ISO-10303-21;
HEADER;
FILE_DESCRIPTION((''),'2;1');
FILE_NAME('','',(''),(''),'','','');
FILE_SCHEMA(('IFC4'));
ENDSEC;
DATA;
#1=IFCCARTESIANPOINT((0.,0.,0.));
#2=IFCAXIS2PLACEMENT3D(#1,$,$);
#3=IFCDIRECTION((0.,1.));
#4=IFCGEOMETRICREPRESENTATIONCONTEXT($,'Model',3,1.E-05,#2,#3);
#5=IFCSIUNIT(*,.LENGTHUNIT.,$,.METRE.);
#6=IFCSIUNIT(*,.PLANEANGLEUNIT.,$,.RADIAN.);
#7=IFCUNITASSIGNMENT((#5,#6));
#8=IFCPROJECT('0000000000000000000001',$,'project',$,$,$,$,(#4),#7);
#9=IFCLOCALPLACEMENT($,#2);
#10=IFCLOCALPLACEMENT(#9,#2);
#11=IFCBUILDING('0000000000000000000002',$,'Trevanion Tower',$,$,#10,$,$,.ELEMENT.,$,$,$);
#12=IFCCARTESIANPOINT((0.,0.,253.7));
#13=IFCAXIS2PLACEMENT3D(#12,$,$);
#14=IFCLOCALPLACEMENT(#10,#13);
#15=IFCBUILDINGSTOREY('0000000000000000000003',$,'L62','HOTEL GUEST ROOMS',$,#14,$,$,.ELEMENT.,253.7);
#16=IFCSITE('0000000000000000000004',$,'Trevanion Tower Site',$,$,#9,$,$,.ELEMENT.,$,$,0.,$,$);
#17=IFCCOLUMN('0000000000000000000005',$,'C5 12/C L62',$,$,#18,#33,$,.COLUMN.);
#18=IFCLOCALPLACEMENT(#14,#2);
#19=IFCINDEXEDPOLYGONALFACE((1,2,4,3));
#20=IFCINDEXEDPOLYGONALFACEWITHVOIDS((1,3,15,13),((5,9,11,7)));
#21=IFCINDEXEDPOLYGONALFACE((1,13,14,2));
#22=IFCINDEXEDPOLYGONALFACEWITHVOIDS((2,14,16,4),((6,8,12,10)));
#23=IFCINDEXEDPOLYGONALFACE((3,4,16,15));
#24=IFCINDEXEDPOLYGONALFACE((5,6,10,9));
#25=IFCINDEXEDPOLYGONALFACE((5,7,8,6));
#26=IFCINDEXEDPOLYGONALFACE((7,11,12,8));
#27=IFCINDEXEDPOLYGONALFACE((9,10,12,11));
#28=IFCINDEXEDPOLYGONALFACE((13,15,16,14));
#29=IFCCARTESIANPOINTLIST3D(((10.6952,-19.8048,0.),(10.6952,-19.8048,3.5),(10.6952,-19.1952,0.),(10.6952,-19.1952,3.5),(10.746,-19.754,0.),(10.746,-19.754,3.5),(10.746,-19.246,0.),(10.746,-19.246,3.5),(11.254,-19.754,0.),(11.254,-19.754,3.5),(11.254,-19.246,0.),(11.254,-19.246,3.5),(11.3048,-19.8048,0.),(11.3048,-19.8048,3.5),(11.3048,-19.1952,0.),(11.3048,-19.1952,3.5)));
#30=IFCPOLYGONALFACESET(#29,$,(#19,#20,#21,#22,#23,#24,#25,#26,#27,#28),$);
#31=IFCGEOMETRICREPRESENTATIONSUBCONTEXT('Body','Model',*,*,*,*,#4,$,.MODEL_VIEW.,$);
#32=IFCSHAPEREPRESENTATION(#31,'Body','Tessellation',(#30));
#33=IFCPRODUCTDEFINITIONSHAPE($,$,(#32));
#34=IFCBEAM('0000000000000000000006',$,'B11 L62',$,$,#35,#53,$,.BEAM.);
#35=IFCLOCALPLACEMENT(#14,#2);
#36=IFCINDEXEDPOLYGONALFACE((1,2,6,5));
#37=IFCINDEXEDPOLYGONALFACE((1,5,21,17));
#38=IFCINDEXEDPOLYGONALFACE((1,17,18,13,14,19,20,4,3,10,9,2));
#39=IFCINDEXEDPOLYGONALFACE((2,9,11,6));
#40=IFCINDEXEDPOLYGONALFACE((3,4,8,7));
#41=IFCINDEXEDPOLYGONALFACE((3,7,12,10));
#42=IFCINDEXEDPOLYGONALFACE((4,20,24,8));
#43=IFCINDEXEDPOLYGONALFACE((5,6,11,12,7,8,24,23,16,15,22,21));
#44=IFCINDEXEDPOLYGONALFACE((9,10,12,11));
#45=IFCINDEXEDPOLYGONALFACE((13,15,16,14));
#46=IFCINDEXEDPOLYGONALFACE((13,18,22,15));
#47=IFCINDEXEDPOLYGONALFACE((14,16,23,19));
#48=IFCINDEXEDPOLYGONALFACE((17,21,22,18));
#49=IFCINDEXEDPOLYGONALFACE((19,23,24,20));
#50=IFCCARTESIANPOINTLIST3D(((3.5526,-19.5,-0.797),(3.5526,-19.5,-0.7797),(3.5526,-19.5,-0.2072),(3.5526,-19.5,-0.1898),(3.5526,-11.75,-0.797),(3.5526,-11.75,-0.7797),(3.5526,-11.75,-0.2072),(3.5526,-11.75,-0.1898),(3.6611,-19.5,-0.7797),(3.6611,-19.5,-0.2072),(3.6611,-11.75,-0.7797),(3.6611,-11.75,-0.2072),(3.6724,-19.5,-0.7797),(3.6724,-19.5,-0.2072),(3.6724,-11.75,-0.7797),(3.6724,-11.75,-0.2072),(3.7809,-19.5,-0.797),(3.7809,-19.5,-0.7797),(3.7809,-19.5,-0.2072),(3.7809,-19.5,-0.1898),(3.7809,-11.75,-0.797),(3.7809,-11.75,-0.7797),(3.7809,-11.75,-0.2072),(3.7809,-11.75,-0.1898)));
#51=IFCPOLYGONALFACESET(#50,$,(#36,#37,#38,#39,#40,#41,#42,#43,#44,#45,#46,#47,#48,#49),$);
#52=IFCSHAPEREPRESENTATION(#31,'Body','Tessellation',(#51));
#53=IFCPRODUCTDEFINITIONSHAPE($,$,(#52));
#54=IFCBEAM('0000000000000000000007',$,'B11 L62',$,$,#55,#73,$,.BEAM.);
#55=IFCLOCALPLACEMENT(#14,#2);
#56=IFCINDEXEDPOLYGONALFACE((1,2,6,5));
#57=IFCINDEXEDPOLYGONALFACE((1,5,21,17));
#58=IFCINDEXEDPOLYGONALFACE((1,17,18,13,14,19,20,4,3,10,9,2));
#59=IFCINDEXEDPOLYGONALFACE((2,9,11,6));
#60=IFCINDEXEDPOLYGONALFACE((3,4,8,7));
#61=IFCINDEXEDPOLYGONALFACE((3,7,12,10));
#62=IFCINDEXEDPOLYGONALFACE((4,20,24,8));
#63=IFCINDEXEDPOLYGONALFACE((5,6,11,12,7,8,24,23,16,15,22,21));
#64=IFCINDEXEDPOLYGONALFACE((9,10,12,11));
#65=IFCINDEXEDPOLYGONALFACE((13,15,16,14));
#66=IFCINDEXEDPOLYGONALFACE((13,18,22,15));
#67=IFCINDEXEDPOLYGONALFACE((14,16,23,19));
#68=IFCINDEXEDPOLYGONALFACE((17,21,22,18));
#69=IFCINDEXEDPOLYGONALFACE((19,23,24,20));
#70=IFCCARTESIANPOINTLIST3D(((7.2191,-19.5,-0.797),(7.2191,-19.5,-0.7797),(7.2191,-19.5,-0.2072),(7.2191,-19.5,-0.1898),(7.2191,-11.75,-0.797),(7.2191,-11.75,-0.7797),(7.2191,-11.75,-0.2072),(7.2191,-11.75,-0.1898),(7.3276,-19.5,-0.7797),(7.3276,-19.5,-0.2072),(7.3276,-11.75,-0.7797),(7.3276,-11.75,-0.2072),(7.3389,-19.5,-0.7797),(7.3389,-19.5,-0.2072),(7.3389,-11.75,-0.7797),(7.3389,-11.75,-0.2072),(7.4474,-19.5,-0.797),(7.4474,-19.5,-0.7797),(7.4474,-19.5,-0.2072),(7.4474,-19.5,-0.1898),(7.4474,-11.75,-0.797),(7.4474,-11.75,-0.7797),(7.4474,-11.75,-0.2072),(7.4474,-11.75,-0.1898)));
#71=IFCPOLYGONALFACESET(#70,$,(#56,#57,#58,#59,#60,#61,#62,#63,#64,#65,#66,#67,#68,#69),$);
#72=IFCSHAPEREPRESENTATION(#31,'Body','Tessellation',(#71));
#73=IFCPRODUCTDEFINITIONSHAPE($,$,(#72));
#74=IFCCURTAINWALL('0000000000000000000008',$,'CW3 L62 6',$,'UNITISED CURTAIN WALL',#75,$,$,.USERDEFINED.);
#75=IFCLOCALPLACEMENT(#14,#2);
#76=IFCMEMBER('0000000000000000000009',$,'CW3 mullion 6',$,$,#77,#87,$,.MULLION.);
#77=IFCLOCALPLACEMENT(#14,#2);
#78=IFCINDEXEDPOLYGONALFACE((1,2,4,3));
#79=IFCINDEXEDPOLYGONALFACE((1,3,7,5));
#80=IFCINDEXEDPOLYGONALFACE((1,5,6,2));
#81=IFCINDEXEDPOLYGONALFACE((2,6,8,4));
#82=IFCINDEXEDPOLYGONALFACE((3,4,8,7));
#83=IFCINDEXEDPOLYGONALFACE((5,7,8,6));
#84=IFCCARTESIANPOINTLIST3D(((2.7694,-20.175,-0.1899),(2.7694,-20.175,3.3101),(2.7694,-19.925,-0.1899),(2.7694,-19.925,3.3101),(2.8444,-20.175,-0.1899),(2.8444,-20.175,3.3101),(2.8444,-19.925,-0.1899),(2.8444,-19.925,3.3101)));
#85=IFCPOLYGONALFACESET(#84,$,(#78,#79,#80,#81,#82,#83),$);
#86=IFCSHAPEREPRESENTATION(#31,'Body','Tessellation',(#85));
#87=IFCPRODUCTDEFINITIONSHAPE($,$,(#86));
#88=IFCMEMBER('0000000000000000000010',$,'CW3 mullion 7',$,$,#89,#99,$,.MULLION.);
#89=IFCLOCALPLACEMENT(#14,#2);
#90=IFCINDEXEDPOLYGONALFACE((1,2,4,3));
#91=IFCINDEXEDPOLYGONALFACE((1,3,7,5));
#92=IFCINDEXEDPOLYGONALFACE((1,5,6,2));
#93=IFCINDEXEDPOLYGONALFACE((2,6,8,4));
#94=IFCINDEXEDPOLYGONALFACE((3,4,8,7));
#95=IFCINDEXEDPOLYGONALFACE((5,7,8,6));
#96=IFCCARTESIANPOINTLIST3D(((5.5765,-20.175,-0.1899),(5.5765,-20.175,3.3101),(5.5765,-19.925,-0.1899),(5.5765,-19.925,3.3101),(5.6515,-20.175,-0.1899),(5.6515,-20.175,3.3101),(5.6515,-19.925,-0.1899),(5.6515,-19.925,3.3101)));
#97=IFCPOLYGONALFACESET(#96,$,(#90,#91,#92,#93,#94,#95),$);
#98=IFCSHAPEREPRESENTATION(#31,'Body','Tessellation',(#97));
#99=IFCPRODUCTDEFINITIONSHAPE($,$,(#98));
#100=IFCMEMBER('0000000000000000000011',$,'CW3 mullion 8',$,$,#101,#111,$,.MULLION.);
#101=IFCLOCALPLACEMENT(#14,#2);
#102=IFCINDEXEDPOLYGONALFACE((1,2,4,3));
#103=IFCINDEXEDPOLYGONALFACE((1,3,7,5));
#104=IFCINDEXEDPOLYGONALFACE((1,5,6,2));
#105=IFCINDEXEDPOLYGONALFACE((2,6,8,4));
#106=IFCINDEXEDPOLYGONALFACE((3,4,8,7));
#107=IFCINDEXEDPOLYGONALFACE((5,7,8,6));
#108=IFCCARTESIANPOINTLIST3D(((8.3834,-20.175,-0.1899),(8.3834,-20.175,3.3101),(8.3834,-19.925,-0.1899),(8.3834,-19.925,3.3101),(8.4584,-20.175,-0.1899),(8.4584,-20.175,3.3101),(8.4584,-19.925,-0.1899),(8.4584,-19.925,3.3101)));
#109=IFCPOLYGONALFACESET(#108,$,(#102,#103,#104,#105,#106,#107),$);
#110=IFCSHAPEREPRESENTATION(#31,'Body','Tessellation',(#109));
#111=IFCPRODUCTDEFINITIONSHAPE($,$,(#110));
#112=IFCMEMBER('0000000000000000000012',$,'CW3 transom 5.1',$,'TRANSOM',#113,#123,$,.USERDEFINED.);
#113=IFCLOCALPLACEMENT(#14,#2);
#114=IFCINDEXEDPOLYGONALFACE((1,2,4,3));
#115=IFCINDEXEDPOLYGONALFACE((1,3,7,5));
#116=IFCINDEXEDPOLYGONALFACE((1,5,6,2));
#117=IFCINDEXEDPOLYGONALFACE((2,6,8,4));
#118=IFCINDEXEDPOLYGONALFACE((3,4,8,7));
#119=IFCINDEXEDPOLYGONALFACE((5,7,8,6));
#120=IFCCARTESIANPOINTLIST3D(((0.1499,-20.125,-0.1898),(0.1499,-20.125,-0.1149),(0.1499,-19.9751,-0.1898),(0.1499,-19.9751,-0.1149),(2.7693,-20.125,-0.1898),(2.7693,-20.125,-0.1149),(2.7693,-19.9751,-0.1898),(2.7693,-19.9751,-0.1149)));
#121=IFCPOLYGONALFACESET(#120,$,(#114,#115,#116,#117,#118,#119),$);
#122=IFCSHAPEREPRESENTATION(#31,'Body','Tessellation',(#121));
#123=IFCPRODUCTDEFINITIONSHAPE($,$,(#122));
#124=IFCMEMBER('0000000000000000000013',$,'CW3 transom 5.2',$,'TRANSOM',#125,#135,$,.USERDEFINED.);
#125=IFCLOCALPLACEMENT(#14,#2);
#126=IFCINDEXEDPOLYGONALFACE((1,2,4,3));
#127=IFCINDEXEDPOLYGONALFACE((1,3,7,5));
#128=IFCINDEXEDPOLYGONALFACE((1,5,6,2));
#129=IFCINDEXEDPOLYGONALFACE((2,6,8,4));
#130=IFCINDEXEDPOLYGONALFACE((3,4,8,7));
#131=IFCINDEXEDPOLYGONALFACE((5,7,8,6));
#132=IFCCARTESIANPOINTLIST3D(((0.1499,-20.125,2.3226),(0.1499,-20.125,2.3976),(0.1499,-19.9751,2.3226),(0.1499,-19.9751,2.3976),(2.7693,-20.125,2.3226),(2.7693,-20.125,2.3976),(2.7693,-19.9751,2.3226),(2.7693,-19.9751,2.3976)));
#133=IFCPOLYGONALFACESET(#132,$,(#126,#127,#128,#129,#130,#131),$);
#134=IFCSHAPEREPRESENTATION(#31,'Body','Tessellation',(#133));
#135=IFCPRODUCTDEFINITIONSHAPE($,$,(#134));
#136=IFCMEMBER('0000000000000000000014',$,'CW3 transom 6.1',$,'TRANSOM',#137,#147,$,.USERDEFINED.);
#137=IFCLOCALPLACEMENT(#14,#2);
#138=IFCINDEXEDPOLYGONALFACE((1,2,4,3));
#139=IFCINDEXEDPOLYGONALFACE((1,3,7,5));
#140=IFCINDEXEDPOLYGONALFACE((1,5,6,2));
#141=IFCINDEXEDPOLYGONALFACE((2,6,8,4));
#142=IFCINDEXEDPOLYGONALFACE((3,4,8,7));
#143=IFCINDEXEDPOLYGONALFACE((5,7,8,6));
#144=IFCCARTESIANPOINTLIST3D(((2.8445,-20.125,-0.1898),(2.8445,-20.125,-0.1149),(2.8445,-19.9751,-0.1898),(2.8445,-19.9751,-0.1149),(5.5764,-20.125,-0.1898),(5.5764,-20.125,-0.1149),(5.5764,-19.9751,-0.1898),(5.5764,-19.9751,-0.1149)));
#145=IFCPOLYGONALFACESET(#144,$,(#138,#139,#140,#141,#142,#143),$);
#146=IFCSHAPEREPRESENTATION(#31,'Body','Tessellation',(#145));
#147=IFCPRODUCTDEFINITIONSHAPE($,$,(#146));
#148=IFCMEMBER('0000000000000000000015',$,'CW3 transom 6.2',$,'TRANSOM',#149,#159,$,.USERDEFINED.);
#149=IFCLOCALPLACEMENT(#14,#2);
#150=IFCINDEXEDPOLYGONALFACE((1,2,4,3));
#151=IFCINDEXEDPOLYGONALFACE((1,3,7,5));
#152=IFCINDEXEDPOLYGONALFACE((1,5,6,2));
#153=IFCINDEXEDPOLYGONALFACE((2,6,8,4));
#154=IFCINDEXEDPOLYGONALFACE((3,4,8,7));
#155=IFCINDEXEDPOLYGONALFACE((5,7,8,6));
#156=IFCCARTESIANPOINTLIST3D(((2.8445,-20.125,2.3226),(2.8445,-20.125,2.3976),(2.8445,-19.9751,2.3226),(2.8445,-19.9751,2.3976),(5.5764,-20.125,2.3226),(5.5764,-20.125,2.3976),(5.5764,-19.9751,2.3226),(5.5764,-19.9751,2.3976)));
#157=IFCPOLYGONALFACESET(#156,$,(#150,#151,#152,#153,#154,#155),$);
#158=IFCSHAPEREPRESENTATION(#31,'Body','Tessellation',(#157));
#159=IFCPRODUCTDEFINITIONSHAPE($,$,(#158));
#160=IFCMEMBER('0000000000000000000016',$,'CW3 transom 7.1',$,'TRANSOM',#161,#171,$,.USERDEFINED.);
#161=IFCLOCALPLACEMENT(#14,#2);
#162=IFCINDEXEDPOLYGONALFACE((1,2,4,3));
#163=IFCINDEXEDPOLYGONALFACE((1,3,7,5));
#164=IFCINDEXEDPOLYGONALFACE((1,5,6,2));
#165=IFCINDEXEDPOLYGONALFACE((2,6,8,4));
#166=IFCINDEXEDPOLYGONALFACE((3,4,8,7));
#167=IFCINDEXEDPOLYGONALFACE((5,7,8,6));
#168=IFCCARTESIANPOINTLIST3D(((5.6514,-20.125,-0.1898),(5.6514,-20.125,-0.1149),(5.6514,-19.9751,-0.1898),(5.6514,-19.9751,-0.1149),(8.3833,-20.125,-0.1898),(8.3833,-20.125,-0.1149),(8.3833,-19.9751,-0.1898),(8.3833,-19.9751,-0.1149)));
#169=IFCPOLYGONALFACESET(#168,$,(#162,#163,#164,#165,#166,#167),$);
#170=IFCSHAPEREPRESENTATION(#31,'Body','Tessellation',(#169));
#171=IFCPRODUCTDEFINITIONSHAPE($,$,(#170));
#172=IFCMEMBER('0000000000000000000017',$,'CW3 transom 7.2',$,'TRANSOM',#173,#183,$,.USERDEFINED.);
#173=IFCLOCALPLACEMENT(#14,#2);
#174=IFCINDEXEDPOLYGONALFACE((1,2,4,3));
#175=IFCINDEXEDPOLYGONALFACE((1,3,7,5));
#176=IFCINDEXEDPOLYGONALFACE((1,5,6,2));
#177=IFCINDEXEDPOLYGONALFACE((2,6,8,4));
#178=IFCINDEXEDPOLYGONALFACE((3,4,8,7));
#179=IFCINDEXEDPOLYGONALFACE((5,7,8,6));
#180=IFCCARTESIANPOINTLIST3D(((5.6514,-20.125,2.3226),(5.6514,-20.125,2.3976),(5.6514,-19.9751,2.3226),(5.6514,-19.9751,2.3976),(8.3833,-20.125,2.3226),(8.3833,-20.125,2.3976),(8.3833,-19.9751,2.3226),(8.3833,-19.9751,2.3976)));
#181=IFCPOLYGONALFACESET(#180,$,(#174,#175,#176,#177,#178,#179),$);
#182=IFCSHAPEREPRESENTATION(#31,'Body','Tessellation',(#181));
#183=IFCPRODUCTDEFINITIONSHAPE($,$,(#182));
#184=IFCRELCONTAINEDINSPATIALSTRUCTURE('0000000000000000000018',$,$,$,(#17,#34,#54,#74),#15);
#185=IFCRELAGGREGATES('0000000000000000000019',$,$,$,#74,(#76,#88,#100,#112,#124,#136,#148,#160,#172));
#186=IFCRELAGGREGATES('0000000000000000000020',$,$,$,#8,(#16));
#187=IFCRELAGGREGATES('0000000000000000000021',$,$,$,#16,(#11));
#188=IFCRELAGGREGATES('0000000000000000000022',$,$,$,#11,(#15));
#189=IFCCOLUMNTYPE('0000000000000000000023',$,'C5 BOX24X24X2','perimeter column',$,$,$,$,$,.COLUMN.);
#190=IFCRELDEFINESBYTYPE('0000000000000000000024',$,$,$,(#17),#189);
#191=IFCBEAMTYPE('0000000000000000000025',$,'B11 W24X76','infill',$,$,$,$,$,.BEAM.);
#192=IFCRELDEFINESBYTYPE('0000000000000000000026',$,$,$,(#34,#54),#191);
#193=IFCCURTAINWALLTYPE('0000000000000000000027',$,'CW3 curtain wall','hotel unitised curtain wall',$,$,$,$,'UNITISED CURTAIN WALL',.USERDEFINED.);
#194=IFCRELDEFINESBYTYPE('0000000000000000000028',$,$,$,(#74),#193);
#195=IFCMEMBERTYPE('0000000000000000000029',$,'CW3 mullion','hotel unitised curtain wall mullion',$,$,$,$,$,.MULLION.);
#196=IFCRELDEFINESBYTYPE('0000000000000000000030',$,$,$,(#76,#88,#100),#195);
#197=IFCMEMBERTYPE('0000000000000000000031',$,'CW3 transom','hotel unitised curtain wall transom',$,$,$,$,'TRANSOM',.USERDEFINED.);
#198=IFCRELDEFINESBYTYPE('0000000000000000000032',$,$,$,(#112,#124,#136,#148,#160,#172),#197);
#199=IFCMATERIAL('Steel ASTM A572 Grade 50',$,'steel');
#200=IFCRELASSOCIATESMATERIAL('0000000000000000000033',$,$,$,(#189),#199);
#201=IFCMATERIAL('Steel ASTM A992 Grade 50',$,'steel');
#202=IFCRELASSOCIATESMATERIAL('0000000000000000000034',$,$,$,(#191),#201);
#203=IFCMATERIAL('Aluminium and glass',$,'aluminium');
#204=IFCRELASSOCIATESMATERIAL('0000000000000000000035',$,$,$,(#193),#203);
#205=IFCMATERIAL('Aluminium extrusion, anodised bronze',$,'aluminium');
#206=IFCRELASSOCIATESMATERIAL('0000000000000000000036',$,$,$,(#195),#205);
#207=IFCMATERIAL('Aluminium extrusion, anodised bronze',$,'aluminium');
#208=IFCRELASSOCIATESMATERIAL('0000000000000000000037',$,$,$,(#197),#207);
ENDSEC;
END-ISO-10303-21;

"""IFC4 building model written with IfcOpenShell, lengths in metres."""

from ifc_helpers import new_model, si_unit, direction, frame, origin, origin_2d, place, context, subcontext, project, spatial, rectangle, hollow_rectangle, i_section, extrude, material, material_profile, profile_set, type_object, element, aggregate, save


model = new_model("IFC4")

# Units and contexts
model_context = context("Model", 3, precision=1e-05, world=origin(), true_north=direction((0.0, 1.0)))
body_context = subcontext(model_context, "Body", "Model", "MODEL_VIEW")
ifc_project = project(units=[si_unit("LENGTHUNIT", "METRE"), si_unit("PLANEANGLEUNIT", "RADIAN")], contexts=[model_context])

# Site, building, storey
site_placement = place(None, origin())
site = spatial("IfcSite", under=ifc_project, at=site_placement, Name="Trevanion Tower Site", CompositionType="ELEMENT", RefElevation=0.0)
building_placement = place(site_placement, origin())
building = spatial("IfcBuilding", under=site, at=building_placement, Name="Trevanion Tower", CompositionType="ELEMENT")
storey_placement = place(building_placement, frame((0.0, 0.0, 253.7)))
storey = spatial("IfcBuildingStorey", under=building, at=storey_placement, Name="L62", Description="HOTEL GUEST ROOMS", CompositionType="ELEMENT", Elevation=253.7)

# Column
ifc_material_1 = material(Name="Steel ASTM A572 Grade 50", Category="steel")
ifc_material_profile_1 = material_profile(ifc_material_1, hollow_rectangle(XDim=0.6096, YDim=0.6096, WallThickness=0.0508, at=origin_2d()), Name="BOX24X24X2")
ifc_profile_set_1 = profile_set([ifc_material_profile_1], Name="Steel ASTM A572 Grade 50")
column_type = type_object("IfcColumnType", Name="C5 BOX24X24X2", Description="perimeter column", PredefinedType="COLUMN", material=ifc_profile_set_1)
column_placement = place(storey_placement, frame((11.0, -19.5, 0.0), z_axis=(0.0, 0.0, 1.0), x_axis=(1.0, 0.0, 0.0)))
element("IfcColumn", 1, at=column_placement, inside=storey, type_object=column_type, Name="C5 12/C L62", PredefinedType="COLUMN", context=body_context, shape_type="SweptSolid", body=[
    extrude(hollow_rectangle(XDim=0.6096, YDim=0.6096, WallThickness=0.0508, at=origin_2d()), origin(), (0.0, 0.0, 1.0), 3.5),
])

# Beams
ifc_material_2 = material(Name="Steel ASTM A992 Grade 50", Category="steel")
ifc_material_profile_2 = material_profile(ifc_material_2, i_section(OverallWidth=0.2283, OverallDepth=0.6072, WebThickness=0.0112, FlangeThickness=0.0173, at=origin_2d()), Name="W24X76")
ifc_profile_set_2 = profile_set([ifc_material_profile_2], Name="Steel ASTM A992 Grade 50")
beam_type_1 = type_object("IfcBeamType", Name="B11 W24X76", Description="infill", PredefinedType="BEAM", material=ifc_profile_set_2)
for number, where, z_axis, x_axis, name in (
    (2, (3.6667, -11.75, -0.4934), (0.0, -1.0, 0.0), (1.0, 0.0, 0.0), "B11 L62"),
    (3, (7.3333, -11.75, -0.4934), (0.0, -1.0, 0.0), (1.0, 0.0, 0.0), "B11 L62"),
):
    element("IfcBeam", number, at=place(storey_placement, frame(where, z_axis=z_axis, x_axis=x_axis)), inside=storey, type_object=beam_type_1, Name=name, PredefinedType="BEAM", context=body_context, shape_type="SweptSolid", body=[
        extrude(i_section(OverallWidth=0.2283, OverallDepth=0.6072, WebThickness=0.0112, FlangeThickness=0.0173, at=origin_2d()), origin(), (0.0, 0.0, 1.0), 7.75),
    ])

# Curtain wall, members
ifc_material_3 = material(Name="Aluminium and glass", Category="aluminium")
curtain_wall_type = type_object("IfcCurtainWallType", Name="CW3 curtain wall", Description="hotel unitised curtain wall", ElementType="UNITISED CURTAIN WALL", PredefinedType="USERDEFINED", material=ifc_material_3)
curtain_wall_placement = place(storey_placement, origin())
curtain_wall = element("IfcCurtainWall", 4, at=curtain_wall_placement, inside=storey, type_object=curtain_wall_type, Name="CW3 L62 6", ObjectType="UNITISED CURTAIN WALL", PredefinedType="USERDEFINED")
ifc_material_4 = material(Name="Aluminium extrusion, anodised bronze", Category="aluminium")
ifc_material_profile_3 = material_profile(ifc_material_4, rectangle(XDim=0.075, YDim=0.25, at=origin_2d()), Name="CW3 mullion")
ifc_profile_set_3 = profile_set([ifc_material_profile_3], Name="Aluminium extrusion, anodised bronze")
member_type_1 = type_object("IfcMemberType", Name="CW3 mullion", Description="hotel unitised curtain wall mullion", PredefinedType="MULLION", material=ifc_profile_set_3)
member_1_placement = place(storey_placement, frame((2.8069, -20.05, -0.1899), z_axis=(0.0, 0.0, 1.0), x_axis=(1.0, 0.0, 0.0)))
member_1 = element("IfcMember", 5, at=member_1_placement, type_object=member_type_1, Name="CW3 mullion 6", PredefinedType="MULLION", context=body_context, shape_type="SweptSolid", body=[
    extrude(rectangle(XDim=0.075, YDim=0.25, at=origin_2d()), origin(), (0.0, 0.0, 1.0), 3.5),
])
member_2_placement = place(storey_placement, frame((5.614, -20.05, -0.1899), z_axis=(0.0, 0.0, 1.0), x_axis=(1.0, 0.0, 0.0)))
member_2 = element("IfcMember", 6, at=member_2_placement, type_object=member_type_1, Name="CW3 mullion 7", PredefinedType="MULLION", context=body_context, shape_type="SweptSolid", body=[
    extrude(rectangle(XDim=0.075, YDim=0.25, at=origin_2d()), origin(), (0.0, 0.0, 1.0), 3.5),
])
member_3_placement = place(storey_placement, frame((8.4209, -20.05, -0.1899), z_axis=(0.0, 0.0, 1.0), x_axis=(1.0, 0.0, 0.0)))
member_3 = element("IfcMember", 7, at=member_3_placement, type_object=member_type_1, Name="CW3 mullion 8", PredefinedType="MULLION", context=body_context, shape_type="SweptSolid", body=[
    extrude(rectangle(XDim=0.075, YDim=0.25, at=origin_2d()), origin(), (0.0, 0.0, 1.0), 3.5),
])
ifc_material_5 = material(Name="Aluminium extrusion, anodised bronze", Category="aluminium")
ifc_material_profile_4 = material_profile(ifc_material_5, rectangle(XDim=0.1499, YDim=0.075, at=origin_2d()), Name="CW3 transom")
ifc_profile_set_4 = profile_set([ifc_material_profile_4], Name="Aluminium extrusion, anodised bronze")
member_type_2 = type_object("IfcMemberType", Name="CW3 transom", Description="hotel unitised curtain wall transom", ElementType="TRANSOM", PredefinedType="USERDEFINED", material=ifc_profile_set_4)
member_4_placement = place(storey_placement, frame((0.1499, -20.05, -0.1523), z_axis=(1.0, 0.0, 0.0), x_axis=(0.0, 1.0, 0.0)))
member_4 = element("IfcMember", 8, at=member_4_placement, type_object=member_type_2, Name="CW3 transom 5.1", ObjectType="TRANSOM", PredefinedType="USERDEFINED", context=body_context, shape_type="SweptSolid", body=[
    extrude(rectangle(XDim=0.1499, YDim=0.075, at=origin_2d()), origin(), (0.0, 0.0, 1.0), 2.6194),
])
member_5_placement = place(storey_placement, frame((0.1499, -20.05, 2.3601), z_axis=(1.0, 0.0, 0.0), x_axis=(0.0, 1.0, 0.0)))
member_5 = element("IfcMember", 9, at=member_5_placement, type_object=member_type_2, Name="CW3 transom 5.2", ObjectType="TRANSOM", PredefinedType="USERDEFINED", context=body_context, shape_type="SweptSolid", body=[
    extrude(rectangle(XDim=0.1499, YDim=0.075, at=origin_2d()), origin(), (0.0, 0.0, 1.0), 2.6194),
])
member_6_placement = place(storey_placement, frame((2.8445, -20.05, -0.1523), z_axis=(1.0, 0.0, 0.0), x_axis=(0.0, 1.0, 0.0)))
member_6 = element("IfcMember", 10, at=member_6_placement, type_object=member_type_2, Name="CW3 transom 6.1", ObjectType="TRANSOM", PredefinedType="USERDEFINED", context=body_context, shape_type="SweptSolid", body=[
    extrude(rectangle(XDim=0.1499, YDim=0.075, at=origin_2d()), origin(), (0.0, 0.0, 1.0), 2.7319),
])
member_7_placement = place(storey_placement, frame((2.8445, -20.05, 2.3601), z_axis=(1.0, 0.0, 0.0), x_axis=(0.0, 1.0, 0.0)))
member_7 = element("IfcMember", 11, at=member_7_placement, type_object=member_type_2, Name="CW3 transom 6.2", ObjectType="TRANSOM", PredefinedType="USERDEFINED", context=body_context, shape_type="SweptSolid", body=[
    extrude(rectangle(XDim=0.1499, YDim=0.075, at=origin_2d()), origin(), (0.0, 0.0, 1.0), 2.7319),
])
member_8_placement = place(storey_placement, frame((5.6514, -20.05, -0.1523), z_axis=(1.0, 0.0, 0.0), x_axis=(0.0, 1.0, 0.0)))
member_8 = element("IfcMember", 12, at=member_8_placement, type_object=member_type_2, Name="CW3 transom 7.1", ObjectType="TRANSOM", PredefinedType="USERDEFINED", context=body_context, shape_type="SweptSolid", body=[
    extrude(rectangle(XDim=0.1499, YDim=0.075, at=origin_2d()), origin(), (0.0, 0.0, 1.0), 2.7319),
])
member_9_placement = place(storey_placement, frame((5.6514, -20.05, 2.3601), z_axis=(1.0, 0.0, 0.0), x_axis=(0.0, 1.0, 0.0)))
member_9 = element("IfcMember", 13, at=member_9_placement, type_object=member_type_2, Name="CW3 transom 7.2", ObjectType="TRANSOM", PredefinedType="USERDEFINED", context=body_context, shape_type="SweptSolid", body=[
    extrude(rectangle(XDim=0.1499, YDim=0.075, at=origin_2d()), origin(), (0.0, 0.0, 1.0), 2.7319),
])

aggregate(curtain_wall, [member_1, member_2, member_3, member_4, member_5, member_6, member_7, member_8, member_9])

save(model, "model.ifc")
